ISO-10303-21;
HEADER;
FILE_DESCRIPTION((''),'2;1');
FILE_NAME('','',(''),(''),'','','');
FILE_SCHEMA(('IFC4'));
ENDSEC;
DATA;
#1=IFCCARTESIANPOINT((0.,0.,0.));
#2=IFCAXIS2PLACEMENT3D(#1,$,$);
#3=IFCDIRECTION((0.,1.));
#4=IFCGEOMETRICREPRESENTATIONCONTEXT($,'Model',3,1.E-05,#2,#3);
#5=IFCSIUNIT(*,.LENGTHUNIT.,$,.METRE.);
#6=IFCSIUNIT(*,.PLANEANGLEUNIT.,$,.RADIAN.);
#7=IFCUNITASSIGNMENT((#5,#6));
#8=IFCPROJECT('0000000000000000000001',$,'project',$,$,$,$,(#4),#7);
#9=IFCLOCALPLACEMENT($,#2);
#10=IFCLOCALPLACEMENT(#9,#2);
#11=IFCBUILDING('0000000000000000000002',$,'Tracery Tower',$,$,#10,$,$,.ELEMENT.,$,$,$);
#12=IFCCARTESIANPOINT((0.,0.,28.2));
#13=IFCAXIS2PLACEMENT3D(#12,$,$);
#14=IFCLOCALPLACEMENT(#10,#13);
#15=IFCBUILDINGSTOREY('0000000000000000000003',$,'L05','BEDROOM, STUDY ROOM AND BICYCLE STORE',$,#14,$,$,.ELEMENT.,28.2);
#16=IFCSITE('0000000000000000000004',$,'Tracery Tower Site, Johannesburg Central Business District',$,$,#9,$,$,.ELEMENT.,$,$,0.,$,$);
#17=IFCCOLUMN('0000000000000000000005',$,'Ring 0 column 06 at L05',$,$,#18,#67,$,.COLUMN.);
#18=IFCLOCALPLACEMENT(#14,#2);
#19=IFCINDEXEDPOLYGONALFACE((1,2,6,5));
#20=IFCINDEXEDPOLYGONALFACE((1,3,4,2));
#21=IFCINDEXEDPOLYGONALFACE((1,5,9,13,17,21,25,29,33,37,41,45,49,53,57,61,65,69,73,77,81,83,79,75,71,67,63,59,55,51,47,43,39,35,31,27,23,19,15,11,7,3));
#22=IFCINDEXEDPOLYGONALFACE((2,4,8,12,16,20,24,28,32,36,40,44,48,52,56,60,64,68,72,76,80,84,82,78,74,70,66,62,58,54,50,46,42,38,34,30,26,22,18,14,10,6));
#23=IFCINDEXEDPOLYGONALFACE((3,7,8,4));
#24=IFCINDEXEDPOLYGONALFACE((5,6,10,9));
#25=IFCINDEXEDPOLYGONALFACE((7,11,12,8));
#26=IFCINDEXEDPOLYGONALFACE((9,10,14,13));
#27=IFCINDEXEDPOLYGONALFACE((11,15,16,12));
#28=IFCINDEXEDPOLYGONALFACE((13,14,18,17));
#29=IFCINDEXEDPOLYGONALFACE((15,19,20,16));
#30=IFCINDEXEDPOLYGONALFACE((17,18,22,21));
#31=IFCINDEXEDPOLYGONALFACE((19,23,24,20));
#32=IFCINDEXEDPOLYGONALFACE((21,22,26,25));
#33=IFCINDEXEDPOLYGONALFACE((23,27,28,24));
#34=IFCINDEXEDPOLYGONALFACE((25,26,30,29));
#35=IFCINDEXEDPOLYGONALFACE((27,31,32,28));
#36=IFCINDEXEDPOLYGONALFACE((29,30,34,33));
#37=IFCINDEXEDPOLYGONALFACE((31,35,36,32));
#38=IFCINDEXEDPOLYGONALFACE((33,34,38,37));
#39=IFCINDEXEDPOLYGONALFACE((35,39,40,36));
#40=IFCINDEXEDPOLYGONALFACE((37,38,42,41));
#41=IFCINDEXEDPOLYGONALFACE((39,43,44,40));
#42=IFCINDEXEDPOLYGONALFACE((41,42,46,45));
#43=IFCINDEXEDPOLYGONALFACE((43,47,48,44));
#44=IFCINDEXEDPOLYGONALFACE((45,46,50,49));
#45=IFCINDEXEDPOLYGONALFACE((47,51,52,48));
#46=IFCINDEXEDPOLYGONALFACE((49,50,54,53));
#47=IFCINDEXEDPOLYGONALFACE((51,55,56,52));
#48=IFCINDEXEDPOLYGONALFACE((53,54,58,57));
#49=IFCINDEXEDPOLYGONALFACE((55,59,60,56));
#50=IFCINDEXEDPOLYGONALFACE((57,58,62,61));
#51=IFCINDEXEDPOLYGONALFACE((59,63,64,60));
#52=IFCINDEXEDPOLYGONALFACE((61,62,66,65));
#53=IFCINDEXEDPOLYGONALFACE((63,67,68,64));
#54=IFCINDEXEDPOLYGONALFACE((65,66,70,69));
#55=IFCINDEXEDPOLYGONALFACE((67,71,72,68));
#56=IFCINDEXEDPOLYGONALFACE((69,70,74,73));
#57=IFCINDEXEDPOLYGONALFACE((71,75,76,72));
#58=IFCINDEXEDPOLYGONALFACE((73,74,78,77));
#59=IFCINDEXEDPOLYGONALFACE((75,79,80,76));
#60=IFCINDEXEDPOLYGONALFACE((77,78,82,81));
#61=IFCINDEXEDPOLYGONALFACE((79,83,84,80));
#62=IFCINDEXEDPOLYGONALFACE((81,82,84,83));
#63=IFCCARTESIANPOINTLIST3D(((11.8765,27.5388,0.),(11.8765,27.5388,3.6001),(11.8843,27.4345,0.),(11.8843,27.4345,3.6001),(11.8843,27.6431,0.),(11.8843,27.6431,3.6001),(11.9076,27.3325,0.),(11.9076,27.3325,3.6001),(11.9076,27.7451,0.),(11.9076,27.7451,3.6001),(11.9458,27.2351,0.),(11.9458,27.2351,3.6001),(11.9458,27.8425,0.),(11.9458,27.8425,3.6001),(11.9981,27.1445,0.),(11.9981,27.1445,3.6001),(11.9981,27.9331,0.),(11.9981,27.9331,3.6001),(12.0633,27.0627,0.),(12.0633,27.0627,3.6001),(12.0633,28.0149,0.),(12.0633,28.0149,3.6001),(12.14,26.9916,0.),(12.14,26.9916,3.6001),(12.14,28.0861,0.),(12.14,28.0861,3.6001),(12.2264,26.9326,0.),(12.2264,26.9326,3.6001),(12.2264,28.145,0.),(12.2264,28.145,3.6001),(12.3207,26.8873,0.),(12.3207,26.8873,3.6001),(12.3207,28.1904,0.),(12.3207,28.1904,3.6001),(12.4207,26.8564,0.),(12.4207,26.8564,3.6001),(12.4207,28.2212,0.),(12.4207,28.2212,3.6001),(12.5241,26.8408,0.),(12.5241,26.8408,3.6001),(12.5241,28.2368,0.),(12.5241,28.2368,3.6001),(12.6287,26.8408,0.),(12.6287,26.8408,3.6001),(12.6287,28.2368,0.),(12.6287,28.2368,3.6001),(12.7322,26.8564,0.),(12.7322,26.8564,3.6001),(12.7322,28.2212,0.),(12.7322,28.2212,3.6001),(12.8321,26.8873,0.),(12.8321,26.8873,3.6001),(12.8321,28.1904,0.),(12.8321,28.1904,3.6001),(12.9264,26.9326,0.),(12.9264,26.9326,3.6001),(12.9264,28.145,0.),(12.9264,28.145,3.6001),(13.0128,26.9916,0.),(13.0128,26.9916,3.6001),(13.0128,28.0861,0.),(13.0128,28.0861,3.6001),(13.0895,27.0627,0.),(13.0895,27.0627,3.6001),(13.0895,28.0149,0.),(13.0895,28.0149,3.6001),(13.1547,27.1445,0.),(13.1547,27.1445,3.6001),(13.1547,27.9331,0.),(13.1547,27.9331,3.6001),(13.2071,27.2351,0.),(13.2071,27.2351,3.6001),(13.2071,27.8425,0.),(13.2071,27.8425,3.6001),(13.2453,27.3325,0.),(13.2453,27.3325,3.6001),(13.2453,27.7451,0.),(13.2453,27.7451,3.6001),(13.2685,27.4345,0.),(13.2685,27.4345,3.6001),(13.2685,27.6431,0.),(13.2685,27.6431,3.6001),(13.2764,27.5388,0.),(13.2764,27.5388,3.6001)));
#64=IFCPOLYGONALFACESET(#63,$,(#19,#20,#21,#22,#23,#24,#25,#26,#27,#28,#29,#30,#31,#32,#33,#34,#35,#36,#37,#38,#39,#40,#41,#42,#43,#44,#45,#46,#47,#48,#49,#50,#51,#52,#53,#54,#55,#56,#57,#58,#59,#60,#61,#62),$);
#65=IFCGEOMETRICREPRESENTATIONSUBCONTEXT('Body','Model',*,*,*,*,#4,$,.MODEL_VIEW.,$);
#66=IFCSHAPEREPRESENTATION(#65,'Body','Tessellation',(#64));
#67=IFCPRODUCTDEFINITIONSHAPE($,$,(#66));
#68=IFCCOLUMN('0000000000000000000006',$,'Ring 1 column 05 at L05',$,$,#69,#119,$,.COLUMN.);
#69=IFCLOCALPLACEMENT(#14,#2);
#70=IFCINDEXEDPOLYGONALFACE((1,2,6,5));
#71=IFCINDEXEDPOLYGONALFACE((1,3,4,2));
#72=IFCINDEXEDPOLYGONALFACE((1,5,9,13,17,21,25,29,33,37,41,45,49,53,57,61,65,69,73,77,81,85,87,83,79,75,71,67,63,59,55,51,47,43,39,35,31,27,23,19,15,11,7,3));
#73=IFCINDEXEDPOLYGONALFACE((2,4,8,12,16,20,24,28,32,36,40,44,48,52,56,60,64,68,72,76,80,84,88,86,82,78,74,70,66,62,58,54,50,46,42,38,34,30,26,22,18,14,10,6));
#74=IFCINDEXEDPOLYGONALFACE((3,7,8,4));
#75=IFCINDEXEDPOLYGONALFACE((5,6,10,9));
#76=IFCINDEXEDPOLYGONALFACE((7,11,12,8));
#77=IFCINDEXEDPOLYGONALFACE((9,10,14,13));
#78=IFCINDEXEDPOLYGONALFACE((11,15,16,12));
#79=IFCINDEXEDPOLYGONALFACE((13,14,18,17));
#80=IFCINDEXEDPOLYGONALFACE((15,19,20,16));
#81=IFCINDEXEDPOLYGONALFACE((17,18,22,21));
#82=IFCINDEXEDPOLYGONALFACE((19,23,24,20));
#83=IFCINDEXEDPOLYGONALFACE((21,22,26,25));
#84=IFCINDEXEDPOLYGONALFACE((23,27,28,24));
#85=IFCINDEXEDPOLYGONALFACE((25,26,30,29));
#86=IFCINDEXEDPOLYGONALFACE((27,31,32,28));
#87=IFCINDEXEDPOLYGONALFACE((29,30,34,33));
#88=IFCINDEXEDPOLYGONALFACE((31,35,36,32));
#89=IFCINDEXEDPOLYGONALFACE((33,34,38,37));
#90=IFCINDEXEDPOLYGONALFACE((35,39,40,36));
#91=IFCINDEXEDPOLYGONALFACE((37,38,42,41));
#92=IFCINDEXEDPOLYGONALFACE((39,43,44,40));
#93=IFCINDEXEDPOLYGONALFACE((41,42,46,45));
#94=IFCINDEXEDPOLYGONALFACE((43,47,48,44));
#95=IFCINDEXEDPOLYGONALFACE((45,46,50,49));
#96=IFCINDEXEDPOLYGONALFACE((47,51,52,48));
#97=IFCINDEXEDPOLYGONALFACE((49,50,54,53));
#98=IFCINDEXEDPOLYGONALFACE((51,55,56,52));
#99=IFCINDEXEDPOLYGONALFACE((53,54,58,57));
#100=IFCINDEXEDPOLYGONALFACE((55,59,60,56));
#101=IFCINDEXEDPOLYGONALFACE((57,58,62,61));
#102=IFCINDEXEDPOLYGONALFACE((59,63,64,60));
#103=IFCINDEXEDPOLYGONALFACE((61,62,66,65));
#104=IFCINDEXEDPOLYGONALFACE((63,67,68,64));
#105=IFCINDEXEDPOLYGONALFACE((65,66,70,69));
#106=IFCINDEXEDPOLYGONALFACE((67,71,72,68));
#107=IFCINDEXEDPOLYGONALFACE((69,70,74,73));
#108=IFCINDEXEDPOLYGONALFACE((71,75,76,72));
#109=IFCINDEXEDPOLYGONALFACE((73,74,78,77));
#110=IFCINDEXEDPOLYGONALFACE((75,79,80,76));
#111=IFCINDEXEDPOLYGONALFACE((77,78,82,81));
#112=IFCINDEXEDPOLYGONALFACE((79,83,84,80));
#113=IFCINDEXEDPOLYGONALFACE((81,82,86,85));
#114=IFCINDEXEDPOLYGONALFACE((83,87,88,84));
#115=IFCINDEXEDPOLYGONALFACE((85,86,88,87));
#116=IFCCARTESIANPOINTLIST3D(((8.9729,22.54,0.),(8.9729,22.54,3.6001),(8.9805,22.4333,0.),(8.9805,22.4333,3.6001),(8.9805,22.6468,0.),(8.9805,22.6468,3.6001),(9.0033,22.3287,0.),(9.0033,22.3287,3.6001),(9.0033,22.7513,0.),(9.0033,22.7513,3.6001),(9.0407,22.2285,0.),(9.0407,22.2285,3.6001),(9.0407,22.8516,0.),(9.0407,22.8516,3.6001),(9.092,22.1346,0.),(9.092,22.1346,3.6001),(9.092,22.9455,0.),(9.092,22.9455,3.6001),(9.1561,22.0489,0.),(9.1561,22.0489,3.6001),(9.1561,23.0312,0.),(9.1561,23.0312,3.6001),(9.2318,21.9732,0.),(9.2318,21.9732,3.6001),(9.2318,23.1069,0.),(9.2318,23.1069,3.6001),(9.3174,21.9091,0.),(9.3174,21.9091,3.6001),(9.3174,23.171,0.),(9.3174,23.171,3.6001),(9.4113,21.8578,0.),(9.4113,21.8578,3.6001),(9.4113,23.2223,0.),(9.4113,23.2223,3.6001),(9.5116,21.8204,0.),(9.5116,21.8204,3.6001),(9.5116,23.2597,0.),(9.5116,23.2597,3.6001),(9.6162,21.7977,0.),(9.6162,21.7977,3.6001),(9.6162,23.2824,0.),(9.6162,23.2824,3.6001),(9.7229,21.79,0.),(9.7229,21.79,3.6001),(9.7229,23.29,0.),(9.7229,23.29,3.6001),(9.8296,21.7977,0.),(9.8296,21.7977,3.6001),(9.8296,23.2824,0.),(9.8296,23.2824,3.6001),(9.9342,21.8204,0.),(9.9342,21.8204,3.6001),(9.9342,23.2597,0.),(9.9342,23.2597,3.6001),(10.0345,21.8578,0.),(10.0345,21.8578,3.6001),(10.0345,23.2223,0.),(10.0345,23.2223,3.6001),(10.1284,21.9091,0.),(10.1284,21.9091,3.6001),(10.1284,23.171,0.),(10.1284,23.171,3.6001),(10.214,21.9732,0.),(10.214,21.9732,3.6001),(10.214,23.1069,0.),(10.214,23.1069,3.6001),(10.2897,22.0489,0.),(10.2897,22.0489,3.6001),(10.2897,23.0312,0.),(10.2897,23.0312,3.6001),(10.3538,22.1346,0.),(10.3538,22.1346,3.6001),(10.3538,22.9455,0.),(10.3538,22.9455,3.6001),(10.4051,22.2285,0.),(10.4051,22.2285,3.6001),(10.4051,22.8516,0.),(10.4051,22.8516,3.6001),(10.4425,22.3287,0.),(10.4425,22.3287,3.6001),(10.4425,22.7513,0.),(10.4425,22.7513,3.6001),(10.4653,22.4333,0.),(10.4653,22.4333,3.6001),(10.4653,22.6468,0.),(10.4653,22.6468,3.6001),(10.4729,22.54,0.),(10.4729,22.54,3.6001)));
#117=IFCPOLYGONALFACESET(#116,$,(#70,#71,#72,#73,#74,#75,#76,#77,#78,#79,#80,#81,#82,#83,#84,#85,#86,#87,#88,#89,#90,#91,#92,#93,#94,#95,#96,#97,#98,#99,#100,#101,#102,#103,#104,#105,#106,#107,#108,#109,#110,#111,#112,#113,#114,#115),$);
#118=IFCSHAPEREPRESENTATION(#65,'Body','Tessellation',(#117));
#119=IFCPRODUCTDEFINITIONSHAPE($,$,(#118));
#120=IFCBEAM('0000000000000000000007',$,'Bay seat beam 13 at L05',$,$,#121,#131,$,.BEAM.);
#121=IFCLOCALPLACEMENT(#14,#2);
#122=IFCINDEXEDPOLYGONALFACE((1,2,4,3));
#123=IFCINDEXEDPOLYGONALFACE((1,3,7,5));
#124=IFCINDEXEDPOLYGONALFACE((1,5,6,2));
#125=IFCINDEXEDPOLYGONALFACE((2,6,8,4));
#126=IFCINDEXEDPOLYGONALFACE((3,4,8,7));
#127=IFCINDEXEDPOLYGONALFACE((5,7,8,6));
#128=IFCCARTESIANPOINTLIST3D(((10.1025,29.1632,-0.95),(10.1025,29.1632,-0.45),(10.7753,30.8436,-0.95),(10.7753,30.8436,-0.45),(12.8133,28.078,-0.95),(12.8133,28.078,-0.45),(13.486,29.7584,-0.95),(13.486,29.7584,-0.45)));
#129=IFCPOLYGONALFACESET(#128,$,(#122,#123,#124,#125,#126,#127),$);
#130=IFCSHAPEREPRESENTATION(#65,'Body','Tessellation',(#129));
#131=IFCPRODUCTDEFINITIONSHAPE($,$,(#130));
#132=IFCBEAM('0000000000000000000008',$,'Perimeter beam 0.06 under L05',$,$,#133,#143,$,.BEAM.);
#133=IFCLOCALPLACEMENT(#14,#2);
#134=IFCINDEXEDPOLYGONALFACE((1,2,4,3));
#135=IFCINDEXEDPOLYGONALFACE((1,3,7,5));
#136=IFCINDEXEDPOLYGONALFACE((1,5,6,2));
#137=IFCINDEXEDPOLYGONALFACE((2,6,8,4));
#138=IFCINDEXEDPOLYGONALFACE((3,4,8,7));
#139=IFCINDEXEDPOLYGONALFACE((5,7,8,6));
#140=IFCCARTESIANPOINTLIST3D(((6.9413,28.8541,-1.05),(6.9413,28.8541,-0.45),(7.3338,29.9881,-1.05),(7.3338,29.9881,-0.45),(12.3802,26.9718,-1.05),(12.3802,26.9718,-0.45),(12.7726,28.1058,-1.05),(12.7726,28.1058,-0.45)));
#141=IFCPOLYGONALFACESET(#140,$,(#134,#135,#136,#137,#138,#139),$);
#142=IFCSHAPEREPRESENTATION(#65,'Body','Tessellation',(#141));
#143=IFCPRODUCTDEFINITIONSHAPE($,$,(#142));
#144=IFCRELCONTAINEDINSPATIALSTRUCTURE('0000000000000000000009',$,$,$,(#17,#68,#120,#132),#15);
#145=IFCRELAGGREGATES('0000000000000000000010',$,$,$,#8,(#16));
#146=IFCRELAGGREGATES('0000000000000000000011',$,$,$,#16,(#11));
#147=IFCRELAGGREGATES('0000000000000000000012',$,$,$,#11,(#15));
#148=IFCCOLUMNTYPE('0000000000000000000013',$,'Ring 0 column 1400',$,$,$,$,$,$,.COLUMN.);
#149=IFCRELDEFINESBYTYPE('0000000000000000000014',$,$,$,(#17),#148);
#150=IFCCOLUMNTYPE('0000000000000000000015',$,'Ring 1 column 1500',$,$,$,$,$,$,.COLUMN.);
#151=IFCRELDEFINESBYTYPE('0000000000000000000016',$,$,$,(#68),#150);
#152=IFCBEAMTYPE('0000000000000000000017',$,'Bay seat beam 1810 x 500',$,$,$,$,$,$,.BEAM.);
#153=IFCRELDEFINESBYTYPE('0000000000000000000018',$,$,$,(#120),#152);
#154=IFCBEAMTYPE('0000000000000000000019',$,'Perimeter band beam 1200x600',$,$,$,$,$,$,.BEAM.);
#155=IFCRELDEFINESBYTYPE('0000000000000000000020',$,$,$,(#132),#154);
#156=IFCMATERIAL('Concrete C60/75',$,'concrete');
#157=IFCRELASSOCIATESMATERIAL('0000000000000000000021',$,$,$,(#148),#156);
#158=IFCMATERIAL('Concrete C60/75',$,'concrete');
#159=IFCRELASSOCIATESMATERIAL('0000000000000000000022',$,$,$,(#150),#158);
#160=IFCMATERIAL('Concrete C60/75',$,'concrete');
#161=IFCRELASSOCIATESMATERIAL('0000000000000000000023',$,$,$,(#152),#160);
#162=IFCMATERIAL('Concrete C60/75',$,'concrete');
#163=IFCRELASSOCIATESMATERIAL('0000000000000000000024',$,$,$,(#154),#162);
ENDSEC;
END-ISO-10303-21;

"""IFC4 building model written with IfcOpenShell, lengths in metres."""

from ifc_helpers import new_model, si_unit, direction, frame, origin, origin_2d, place, context, subcontext, project, spatial, rectangle, circle, extrude, material, material_profile, profile_set, type_object, element, save


model = new_model("IFC4")

# Units and contexts
model_context = context("Model", 3, precision=1e-05, world=origin(), true_north=direction((0.0, 1.0)))
body_context = subcontext(model_context, "Body", "Model", "MODEL_VIEW")
ifc_project = project(units=[si_unit("LENGTHUNIT", "METRE"), si_unit("PLANEANGLEUNIT", "RADIAN")], contexts=[model_context])

# Site, building, storey
site_placement = place(None, origin())
site = spatial("IfcSite", under=ifc_project, at=site_placement, Name="Tracery Tower Site, Johannesburg Central Business District", CompositionType="ELEMENT", RefElevation=0.0)
building_placement = place(site_placement, origin())
building = spatial("IfcBuilding", under=site, at=building_placement, Name="Tracery Tower", CompositionType="ELEMENT")
storey_placement = place(building_placement, frame((0.0, 0.0, 28.2)))
storey = spatial("IfcBuildingStorey", under=building, at=storey_placement, Name="L05", Description="BEDROOM, STUDY ROOM AND BICYCLE STORE", CompositionType="ELEMENT", Elevation=28.2)

# Columns
ifc_material_1 = material(Name="Concrete C60/75", Category="concrete")
ifc_material_profile_1 = material_profile(ifc_material_1, circle(Radius=0.7, at=origin_2d()), Name="RC D1400")
ifc_profile_set_1 = profile_set([ifc_material_profile_1], Name="Concrete C60/75")
column_type_1 = type_object("IfcColumnType", Name="Ring 0 column 1400", PredefinedType="COLUMN", material=ifc_profile_set_1)
column_1_placement = place(storey_placement, frame((12.5764, 27.5388, 0.0), z_axis=(0.0, 0.0, 1.0), x_axis=(1.0, 0.0, 0.0)))
element("IfcColumn", 1, at=column_1_placement, inside=storey, type_object=column_type_1, Name="Ring 0 column 06 at L05", PredefinedType="COLUMN", context=body_context, shape_type="SweptSolid", body=[
    extrude(circle(Radius=0.7, at=origin_2d()), origin(), (0.0, 0.0, 1.0), 3.6001),
])
ifc_material_2 = material(Name="Concrete C60/75", Category="concrete")
ifc_material_profile_2 = material_profile(ifc_material_2, circle(Radius=0.75, at=origin_2d()), Name="RC D1500")
ifc_profile_set_2 = profile_set([ifc_material_profile_2], Name="Concrete C60/75")
column_type_2 = type_object("IfcColumnType", Name="Ring 1 column 1500", PredefinedType="COLUMN", material=ifc_profile_set_2)
column_2_placement = place(storey_placement, frame((9.7229, 22.54, 0.0), z_axis=(0.0, 0.0, 1.0), x_axis=(1.0, 0.0, 0.0)))
element("IfcColumn", 2, at=column_2_placement, inside=storey, type_object=column_type_2, Name="Ring 1 column 05 at L05", PredefinedType="COLUMN", context=body_context, shape_type="SweptSolid", body=[
    extrude(circle(Radius=0.75, at=origin_2d()), origin(), (0.0, 0.0, 1.0), 3.6001),
])

# Beams
ifc_material_3 = material(Name="Concrete C60/75", Category="concrete")
ifc_material_profile_3 = material_profile(ifc_material_3, rectangle(XDim=1.8101, YDim=0.5, at=origin_2d()), Name="RC 1810x500")
ifc_profile_set_3 = profile_set([ifc_material_profile_3], Name="Concrete C60/75")
beam_type_1 = type_object("IfcBeamType", Name="Bay seat beam 1810 x 500", PredefinedType="BEAM", material=ifc_profile_set_3)
beam_1_placement = place(storey_placement, frame((13.1497, 28.9182, -0.7), z_axis=(-0.928367, 0.371665, 0.0), x_axis=(-0.371665, -0.928367, 0.0)))
element("IfcBeam", 3, at=beam_1_placement, inside=storey, type_object=beam_type_1, Name="Bay seat beam 13 at L05", PredefinedType="BEAM", context=body_context, shape_type="SweptSolid", body=[
    extrude(rectangle(XDim=1.8101, YDim=0.5, at=origin_2d()), origin(), (0.0, 0.0, 1.0), 2.9199),
])
ifc_material_4 = material(Name="Concrete C60/75", Category="concrete")
ifc_material_profile_4 = material_profile(ifc_material_4, rectangle(XDim=1.2, YDim=0.6001, at=origin_2d()), Name="RC 1200x600")
ifc_profile_set_4 = profile_set([ifc_material_profile_4], Name="Concrete C60/75")
beam_type_2 = type_object("IfcBeamType", Name="Perimeter band beam 1200x600", PredefinedType="BEAM", material=ifc_profile_set_4)
beam_2_placement = place(storey_placement, frame((12.5764, 27.5388, -0.75), z_axis=(-0.945007, 0.327049, 0.0), x_axis=(-0.327049, -0.945007, 0.0)))
element("IfcBeam", 4, at=beam_2_placement, inside=storey, type_object=beam_type_2, Name="Perimeter beam 0.06 under L05", PredefinedType="BEAM", context=body_context, shape_type="SweptSolid", body=[
    extrude(rectangle(XDim=1.2, YDim=0.6001, at=origin_2d()), origin(), (0.0, 0.0, 1.0), 5.7554),
])

save(model, "model.ifc")
